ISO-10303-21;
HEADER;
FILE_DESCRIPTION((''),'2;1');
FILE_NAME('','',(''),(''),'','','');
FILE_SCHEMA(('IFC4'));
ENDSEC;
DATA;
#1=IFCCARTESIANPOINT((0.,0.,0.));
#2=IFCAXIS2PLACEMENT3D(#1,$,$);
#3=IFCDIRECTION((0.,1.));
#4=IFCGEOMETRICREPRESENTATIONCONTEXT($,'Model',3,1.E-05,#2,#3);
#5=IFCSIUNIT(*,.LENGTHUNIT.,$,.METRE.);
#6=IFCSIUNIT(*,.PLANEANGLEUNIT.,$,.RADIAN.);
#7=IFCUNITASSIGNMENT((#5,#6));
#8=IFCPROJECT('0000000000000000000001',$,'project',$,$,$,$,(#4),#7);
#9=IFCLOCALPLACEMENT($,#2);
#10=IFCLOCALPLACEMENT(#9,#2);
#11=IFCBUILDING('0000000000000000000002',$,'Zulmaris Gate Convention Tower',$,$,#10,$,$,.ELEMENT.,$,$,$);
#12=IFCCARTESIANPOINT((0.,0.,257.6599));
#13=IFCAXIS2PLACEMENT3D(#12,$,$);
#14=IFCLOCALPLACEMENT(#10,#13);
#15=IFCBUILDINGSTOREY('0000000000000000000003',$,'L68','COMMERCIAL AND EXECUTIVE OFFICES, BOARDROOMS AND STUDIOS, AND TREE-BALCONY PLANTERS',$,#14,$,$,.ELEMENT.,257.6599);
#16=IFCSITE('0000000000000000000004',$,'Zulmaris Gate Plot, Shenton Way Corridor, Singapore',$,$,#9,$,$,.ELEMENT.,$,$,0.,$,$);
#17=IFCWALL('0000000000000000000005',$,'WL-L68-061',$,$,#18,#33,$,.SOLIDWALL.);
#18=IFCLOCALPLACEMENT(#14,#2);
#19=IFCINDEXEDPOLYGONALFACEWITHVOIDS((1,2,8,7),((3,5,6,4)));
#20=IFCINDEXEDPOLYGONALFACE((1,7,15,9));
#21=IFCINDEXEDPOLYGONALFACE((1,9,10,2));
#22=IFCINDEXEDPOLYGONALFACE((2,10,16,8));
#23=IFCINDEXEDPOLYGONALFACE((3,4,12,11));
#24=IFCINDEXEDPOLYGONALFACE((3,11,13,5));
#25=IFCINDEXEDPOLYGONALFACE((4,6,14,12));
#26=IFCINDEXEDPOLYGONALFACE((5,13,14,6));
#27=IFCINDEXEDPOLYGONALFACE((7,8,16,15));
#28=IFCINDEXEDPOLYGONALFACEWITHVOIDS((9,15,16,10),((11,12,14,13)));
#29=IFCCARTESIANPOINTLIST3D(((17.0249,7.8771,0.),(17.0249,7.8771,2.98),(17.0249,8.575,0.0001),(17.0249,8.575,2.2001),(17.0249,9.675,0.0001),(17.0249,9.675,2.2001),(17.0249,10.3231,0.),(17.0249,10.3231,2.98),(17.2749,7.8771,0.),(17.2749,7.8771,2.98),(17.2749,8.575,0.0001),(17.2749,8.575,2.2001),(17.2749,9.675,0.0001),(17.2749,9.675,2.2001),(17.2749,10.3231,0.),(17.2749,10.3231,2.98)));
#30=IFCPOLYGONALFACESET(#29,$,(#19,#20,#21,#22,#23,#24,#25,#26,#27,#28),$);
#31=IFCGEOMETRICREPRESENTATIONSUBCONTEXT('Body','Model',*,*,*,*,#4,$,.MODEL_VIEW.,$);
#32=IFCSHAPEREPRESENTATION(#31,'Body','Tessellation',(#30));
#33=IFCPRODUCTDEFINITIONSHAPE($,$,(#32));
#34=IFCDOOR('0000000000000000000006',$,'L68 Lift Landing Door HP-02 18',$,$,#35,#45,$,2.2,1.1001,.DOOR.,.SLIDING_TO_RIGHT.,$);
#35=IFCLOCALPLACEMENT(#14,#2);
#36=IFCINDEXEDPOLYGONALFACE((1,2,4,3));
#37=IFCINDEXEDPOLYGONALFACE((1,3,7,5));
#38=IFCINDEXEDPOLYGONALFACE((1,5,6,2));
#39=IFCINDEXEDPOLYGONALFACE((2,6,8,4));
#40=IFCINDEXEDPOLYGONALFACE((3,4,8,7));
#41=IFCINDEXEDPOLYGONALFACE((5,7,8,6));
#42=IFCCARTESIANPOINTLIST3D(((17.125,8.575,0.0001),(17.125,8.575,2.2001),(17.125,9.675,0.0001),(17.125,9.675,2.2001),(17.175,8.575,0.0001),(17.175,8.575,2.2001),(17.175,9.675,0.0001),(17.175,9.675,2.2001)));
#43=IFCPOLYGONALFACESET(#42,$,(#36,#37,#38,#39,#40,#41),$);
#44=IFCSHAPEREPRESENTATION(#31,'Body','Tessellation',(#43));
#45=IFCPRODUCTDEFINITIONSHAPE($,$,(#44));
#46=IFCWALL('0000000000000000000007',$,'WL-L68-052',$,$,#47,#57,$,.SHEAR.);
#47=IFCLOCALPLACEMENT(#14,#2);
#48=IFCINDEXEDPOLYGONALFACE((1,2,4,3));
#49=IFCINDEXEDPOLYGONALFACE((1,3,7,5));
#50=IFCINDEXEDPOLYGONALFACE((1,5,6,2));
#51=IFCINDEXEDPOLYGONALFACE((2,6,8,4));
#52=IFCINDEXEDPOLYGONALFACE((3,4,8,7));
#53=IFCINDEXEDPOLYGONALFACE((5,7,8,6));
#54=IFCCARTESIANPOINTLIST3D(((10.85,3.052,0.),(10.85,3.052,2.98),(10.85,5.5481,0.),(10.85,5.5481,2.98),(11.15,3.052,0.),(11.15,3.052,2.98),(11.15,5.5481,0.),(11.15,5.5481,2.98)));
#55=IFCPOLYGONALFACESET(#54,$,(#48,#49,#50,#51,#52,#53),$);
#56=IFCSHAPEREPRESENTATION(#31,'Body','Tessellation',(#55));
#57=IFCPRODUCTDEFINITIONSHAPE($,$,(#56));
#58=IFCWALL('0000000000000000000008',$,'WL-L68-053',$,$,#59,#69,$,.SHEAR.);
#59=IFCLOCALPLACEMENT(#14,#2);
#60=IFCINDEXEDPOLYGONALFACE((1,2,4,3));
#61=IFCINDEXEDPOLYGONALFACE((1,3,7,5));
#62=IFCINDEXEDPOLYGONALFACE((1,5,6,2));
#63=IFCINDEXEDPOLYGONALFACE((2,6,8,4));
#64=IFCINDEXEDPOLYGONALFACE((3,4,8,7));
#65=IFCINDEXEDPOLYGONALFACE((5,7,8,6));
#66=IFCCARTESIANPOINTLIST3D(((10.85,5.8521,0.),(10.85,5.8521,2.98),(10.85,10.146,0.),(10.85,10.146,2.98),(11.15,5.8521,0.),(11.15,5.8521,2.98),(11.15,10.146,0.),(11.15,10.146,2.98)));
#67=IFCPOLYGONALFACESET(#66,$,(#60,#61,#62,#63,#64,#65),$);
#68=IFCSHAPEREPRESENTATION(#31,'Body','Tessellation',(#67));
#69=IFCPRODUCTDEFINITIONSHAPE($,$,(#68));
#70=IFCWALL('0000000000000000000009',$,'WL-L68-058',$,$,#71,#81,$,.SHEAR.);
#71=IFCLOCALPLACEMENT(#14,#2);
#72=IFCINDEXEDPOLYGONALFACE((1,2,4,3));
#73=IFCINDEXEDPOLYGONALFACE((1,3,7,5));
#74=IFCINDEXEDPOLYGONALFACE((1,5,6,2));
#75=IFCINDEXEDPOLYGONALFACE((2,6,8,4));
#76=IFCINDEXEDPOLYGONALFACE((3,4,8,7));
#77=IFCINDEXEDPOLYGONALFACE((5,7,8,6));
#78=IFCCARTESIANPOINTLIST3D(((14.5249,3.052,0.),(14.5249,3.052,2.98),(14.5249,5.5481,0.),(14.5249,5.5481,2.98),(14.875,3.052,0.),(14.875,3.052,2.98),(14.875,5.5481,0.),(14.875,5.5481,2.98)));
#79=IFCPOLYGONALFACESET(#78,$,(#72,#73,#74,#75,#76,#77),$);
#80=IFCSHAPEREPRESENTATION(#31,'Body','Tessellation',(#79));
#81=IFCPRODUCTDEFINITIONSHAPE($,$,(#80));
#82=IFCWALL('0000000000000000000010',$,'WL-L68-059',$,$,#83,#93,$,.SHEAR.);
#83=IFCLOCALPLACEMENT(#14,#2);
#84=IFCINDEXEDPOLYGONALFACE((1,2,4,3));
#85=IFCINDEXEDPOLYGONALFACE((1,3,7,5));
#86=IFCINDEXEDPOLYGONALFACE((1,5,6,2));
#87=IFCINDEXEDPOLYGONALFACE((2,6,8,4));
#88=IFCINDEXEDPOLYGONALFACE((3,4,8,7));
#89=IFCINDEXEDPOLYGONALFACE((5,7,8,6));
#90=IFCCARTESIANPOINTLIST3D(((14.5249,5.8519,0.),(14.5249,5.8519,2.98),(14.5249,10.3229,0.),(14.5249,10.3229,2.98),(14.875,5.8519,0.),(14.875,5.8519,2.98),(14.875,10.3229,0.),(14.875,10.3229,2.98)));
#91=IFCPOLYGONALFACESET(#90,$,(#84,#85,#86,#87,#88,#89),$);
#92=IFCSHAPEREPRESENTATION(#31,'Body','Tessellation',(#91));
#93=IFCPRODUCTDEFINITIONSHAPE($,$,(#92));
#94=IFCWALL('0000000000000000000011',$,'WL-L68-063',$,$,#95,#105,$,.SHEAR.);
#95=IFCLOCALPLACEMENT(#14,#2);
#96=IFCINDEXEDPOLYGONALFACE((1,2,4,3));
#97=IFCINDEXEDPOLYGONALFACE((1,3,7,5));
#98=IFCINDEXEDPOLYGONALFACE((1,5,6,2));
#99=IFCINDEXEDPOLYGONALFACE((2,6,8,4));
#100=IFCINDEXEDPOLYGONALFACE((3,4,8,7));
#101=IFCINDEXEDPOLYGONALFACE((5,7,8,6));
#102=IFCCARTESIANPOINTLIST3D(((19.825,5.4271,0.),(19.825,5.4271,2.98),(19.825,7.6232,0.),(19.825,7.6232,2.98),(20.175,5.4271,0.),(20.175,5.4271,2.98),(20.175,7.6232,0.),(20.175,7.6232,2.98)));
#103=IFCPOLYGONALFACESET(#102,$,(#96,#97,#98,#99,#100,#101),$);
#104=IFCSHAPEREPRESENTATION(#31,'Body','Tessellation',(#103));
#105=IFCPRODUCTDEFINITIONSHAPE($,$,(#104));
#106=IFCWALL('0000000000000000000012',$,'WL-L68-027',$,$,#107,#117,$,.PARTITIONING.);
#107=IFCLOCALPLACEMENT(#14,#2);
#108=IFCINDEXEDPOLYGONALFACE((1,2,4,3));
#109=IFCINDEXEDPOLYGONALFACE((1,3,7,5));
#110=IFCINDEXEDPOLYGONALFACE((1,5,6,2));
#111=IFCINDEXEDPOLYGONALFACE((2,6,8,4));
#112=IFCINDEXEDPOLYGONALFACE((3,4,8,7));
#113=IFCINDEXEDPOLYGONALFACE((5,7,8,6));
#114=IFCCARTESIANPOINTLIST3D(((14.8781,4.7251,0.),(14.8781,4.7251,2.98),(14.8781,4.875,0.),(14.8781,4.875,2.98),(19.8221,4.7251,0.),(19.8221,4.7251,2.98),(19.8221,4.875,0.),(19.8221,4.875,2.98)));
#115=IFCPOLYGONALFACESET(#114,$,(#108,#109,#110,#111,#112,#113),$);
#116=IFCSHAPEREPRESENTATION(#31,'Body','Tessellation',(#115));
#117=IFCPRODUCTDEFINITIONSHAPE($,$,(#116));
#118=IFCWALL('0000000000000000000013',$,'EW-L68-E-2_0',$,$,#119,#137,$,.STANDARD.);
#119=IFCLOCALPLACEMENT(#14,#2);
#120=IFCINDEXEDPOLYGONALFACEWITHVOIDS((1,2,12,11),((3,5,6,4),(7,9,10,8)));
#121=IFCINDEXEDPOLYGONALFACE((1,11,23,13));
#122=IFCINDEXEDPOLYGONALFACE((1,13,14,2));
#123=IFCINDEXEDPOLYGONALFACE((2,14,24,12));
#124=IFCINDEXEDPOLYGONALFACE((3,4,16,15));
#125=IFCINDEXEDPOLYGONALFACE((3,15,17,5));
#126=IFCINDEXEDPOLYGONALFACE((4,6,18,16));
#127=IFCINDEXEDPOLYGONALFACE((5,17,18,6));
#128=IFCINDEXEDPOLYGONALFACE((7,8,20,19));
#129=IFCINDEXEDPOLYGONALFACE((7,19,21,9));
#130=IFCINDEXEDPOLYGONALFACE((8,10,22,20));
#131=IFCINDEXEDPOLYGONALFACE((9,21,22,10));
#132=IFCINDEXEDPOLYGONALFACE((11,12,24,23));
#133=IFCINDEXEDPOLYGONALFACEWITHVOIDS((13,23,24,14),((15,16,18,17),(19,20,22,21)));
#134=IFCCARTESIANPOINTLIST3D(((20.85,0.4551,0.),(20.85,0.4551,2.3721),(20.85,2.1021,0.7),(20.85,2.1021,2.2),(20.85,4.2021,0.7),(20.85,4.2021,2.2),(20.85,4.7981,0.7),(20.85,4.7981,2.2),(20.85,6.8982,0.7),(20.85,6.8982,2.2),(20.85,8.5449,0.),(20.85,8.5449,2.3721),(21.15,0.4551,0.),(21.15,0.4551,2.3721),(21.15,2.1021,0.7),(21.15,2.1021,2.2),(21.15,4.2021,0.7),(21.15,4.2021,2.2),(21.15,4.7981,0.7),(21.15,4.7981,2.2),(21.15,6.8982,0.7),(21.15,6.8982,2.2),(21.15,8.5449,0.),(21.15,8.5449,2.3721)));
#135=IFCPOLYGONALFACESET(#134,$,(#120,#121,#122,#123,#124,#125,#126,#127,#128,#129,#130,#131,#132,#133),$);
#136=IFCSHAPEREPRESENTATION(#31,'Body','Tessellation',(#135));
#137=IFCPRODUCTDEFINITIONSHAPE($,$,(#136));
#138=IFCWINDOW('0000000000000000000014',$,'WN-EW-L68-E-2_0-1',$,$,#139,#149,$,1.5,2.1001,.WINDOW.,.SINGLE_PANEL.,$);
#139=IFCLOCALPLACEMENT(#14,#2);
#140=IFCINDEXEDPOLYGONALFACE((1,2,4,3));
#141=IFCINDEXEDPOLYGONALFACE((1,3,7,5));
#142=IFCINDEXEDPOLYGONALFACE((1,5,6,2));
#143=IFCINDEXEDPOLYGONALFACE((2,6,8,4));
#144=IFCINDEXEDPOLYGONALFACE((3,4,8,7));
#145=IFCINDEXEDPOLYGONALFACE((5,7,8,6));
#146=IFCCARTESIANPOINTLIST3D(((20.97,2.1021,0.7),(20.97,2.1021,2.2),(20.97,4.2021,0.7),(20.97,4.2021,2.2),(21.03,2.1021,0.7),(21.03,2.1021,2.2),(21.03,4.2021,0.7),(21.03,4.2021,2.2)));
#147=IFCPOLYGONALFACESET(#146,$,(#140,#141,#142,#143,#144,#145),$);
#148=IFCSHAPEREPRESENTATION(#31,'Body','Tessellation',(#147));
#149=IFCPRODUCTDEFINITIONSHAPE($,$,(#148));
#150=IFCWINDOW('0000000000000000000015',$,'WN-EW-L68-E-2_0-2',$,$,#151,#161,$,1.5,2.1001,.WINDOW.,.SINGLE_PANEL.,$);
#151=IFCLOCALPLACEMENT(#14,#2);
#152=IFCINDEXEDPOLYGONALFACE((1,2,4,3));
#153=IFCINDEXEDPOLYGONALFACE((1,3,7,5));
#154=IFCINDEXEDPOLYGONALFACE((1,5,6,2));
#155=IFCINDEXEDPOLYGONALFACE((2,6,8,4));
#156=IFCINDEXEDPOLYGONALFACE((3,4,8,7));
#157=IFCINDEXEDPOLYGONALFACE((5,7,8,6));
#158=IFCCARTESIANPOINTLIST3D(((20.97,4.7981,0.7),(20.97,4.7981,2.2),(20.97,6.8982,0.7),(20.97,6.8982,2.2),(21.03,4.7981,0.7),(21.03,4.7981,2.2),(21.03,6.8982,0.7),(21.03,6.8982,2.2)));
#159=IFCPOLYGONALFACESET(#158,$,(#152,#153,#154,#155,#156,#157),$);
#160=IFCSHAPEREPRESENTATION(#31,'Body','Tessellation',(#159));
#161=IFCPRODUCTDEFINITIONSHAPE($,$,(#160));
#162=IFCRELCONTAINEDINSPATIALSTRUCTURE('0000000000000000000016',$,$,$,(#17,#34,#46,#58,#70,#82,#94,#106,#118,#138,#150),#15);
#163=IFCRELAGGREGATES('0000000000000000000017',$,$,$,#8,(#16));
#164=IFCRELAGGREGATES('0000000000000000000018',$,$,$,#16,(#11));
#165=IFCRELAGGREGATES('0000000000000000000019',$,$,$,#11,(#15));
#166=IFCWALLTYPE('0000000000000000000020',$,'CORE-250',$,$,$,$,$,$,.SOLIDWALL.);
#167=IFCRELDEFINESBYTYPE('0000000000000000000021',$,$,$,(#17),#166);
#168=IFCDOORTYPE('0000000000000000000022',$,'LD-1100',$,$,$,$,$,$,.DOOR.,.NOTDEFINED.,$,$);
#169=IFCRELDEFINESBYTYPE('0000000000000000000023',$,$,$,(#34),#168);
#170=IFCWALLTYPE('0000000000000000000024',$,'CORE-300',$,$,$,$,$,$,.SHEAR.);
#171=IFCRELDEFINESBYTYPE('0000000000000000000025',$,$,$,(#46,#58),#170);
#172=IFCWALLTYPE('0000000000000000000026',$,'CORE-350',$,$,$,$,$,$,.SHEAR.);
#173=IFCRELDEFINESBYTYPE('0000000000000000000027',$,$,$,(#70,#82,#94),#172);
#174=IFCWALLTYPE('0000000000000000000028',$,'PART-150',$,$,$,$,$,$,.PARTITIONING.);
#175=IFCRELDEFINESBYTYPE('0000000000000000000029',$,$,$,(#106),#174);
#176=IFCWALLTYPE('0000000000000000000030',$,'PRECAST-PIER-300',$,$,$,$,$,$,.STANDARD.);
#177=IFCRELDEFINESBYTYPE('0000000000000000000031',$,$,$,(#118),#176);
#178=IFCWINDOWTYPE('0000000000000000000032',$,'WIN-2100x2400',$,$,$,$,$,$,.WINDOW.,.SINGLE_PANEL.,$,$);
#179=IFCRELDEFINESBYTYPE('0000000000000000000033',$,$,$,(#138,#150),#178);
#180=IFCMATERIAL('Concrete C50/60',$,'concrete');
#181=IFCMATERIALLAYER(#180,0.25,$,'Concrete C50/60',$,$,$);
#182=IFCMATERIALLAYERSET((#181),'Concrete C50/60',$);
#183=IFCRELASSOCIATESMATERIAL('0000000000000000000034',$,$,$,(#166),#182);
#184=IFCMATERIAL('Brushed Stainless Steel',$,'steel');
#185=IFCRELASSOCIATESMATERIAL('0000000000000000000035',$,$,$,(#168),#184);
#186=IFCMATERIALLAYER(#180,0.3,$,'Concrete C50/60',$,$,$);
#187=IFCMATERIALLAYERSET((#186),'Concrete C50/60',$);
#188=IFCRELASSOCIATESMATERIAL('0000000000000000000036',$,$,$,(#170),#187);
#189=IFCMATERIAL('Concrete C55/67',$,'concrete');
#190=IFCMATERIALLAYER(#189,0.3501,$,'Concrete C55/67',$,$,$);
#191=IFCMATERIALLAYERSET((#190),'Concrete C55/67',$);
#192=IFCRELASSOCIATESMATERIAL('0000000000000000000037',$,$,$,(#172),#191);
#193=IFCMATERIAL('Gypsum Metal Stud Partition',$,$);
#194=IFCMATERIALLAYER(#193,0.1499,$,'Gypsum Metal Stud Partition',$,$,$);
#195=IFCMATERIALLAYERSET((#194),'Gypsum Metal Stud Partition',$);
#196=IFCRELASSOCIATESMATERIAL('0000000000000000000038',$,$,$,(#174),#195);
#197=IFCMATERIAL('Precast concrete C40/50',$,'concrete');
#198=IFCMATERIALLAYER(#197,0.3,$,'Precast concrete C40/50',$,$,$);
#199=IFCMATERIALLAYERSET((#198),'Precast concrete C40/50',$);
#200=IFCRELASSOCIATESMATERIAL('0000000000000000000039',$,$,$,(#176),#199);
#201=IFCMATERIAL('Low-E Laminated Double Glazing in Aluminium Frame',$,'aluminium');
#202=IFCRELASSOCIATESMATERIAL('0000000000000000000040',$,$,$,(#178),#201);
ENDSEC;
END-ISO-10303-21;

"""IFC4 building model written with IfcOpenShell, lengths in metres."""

from ifc_helpers import new_model, si_unit, direction, frame, frame_2d, origin, place, context, subcontext, project, spatial, rectangle, extrude, material, layer, layer_set, type_object, element, fill, save


model = new_model("IFC4")

# Units and contexts
model_context = context("Model", 3, precision=1e-05, world=origin(), true_north=direction((0.0, 1.0)))
body_context = subcontext(model_context, "Body", "Model", "MODEL_VIEW")
ifc_project = project(units=[si_unit("LENGTHUNIT", "METRE"), si_unit("PLANEANGLEUNIT", "RADIAN")], contexts=[model_context])

# Site, building, storey
site_placement = place(None, origin())
site = spatial("IfcSite", under=ifc_project, at=site_placement, Name="Zulmaris Gate Plot, Shenton Way Corridor, Singapore", CompositionType="ELEMENT", RefElevation=0.0)
building_placement = place(site_placement, origin())
building = spatial("IfcBuilding", under=site, at=building_placement, Name="Zulmaris Gate Convention Tower", CompositionType="ELEMENT")
storey_placement = place(building_placement, frame((0.0, 0.0, 257.6599)))
storey = spatial("IfcBuildingStorey", under=building, at=storey_placement, Name="L68", Description="COMMERCIAL AND EXECUTIVE OFFICES, BOARDROOMS AND STUDIOS, AND TREE-BALCONY PLANTERS", CompositionType="ELEMENT", Elevation=257.6599)

# Shared definitions
ifc_material_1 = material(Name="Concrete C50/60", Category="concrete")

# Shared definitions
ifc_layer_1 = layer(ifc_material_1, 0.25, Name="Concrete C50/60")
ifc_layer_set_1 = layer_set([ifc_layer_1], Name="Concrete C50/60")
wall_type_1 = type_object("IfcWallType", Name="CORE-250", PredefinedType="SOLIDWALL", material=ifc_layer_set_1)

# Wall, opening, door
ifc_material_2 = material(Name="Brushed Stainless Steel", Category="steel")
door_type_1 = type_object("IfcDoorType", Name="LD-1100", OperationType="NOTDEFINED", PredefinedType="DOOR", material=ifc_material_2)
wall_1_placement = place(storey_placement, frame((17.1499, 7.877, 0.0), z_axis=(0.0, 0.0, 1.0), x_axis=(0.0, 1.0, 0.0)))
wall_1 = element("IfcWall", 1, at=wall_1_placement, inside=storey, type_object=wall_type_1, Name="WL-L68-061", PredefinedType="SOLIDWALL", context=body_context, shape_type="SweptSolid", body=[
    extrude(rectangle(XDim=2.446, YDim=0.25, at=frame_2d((1.2231, 0.0))), origin(), (0.0, 0.0, 1.0), 2.98),
])
opening_1_placement = place(wall_1_placement, frame((0.698, 0.0, 0.0)))
opening_1 = element("IfcOpeningElement", 2, at=opening_1_placement, cuts=wall_1, PredefinedType="OPENING", context=body_context, shape_type="SweptSolid", body=[
    extrude(rectangle(XDim=1.1001, YDim=2.2, at=frame_2d((0.55, 1.1001))), frame((0.0, 0.135, 0.0), z_axis=(0.0, -1.0, 0.0), x_axis=(1.0, 0.0, 0.0)), (0.0, 0.0, 1.0), 0.27),
])
door_1_placement = place(opening_1_placement, origin())
door_1 = element("IfcDoor", 3, at=door_1_placement, inside=storey, type_object=door_type_1, Name="L68 Lift Landing Door HP-02 18", OperationType="SLIDING_TO_RIGHT", OverallHeight=2.2, OverallWidth=1.1001, PredefinedType="DOOR", context=body_context, shape_type="SweptSolid", body=[
    extrude(rectangle(XDim=1.1001, YDim=2.2, at=frame_2d((0.55, 1.1001))), frame((0.0, 0.0249, 0.0), z_axis=(0.0, -1.0, 0.0), x_axis=(1.0, 0.0, 0.0)), (0.0, 0.0, 1.0), 0.05),
])
fill(opening_1, door_1)
ifc_layer_2 = layer(ifc_material_1, 0.3, Name="Concrete C50/60")
ifc_layer_set_2 = layer_set([ifc_layer_2], Name="Concrete C50/60")
wall_type_2 = type_object("IfcWallType", Name="CORE-300", PredefinedType="SHEAR", material=ifc_layer_set_2)

# Walls
wall_2_placement = place(storey_placement, frame((11.0, 3.052, 0.0), z_axis=(0.0, 0.0, 1.0), x_axis=(0.0, 1.0, 0.0)))
element("IfcWall", 4, at=wall_2_placement, inside=storey, type_object=wall_type_2, Name="WL-L68-052", PredefinedType="SHEAR", context=body_context, shape_type="SweptSolid", body=[
    extrude(rectangle(XDim=2.4961, YDim=0.3, at=frame_2d((1.248, 0.0))), origin(), (0.0, 0.0, 1.0), 2.98),
])
wall_3_placement = place(storey_placement, frame((11.0, 5.8521, 0.0), z_axis=(0.0, 0.0, 1.0), x_axis=(0.0, 1.0, 0.0)))
element("IfcWall", 5, at=wall_3_placement, inside=storey, type_object=wall_type_2, Name="WL-L68-053", PredefinedType="SHEAR", context=body_context, shape_type="SweptSolid", body=[
    extrude(rectangle(XDim=4.2939, YDim=0.3, at=frame_2d((2.147, 0.0))), origin(), (0.0, 0.0, 1.0), 2.98),
])
ifc_material_3 = material(Name="Concrete C55/67", Category="concrete")
ifc_layer_3 = layer(ifc_material_3, 0.3501, Name="Concrete C55/67")
ifc_layer_set_3 = layer_set([ifc_layer_3], Name="Concrete C55/67")
wall_type_3 = type_object("IfcWallType", Name="CORE-350", PredefinedType="SHEAR", material=ifc_layer_set_3)
wall_4_placement = place(storey_placement, frame((14.7, 3.052, 0.0), z_axis=(0.0, 0.0, 1.0), x_axis=(0.0, 1.0, 0.0)))
element("IfcWall", 6, at=wall_4_placement, inside=storey, type_object=wall_type_3, Name="WL-L68-058", PredefinedType="SHEAR", context=body_context, shape_type="SweptSolid", body=[
    extrude(rectangle(XDim=2.4961, YDim=0.3501, at=frame_2d((1.248, 0.0))), origin(), (0.0, 0.0, 1.0), 2.98),
])
wall_5_placement = place(storey_placement, frame((14.7, 5.8521, 0.0), z_axis=(0.0, 0.0, 1.0), x_axis=(0.0, 1.0, 0.0)))
element("IfcWall", 7, at=wall_5_placement, inside=storey, type_object=wall_type_3, Name="WL-L68-059", PredefinedType="SHEAR", context=body_context, shape_type="SweptSolid", body=[
    extrude(rectangle(XDim=4.4709, YDim=0.3501, at=frame_2d((2.2354, 0.0))), origin(), (0.0, 0.0, 1.0), 2.98),
])
wall_6_placement = place(storey_placement, frame((20.0, 5.427, 0.0), z_axis=(0.0, 0.0, 1.0), x_axis=(0.0, 1.0, 0.0)))
element("IfcWall", 8, at=wall_6_placement, inside=storey, type_object=wall_type_3, Name="WL-L68-063", PredefinedType="SHEAR", context=body_context, shape_type="SweptSolid", body=[
    extrude(rectangle(XDim=2.196, YDim=0.3501, at=frame_2d((1.0981, 0.0))), origin(), (0.0, 0.0, 1.0), 2.98),
])
ifc_material_4 = material(Name="Gypsum Metal Stud Partition")
ifc_layer_4 = layer(ifc_material_4, 0.1499, Name="Gypsum Metal Stud Partition")
ifc_layer_set_4 = layer_set([ifc_layer_4], Name="Gypsum Metal Stud Partition")
wall_type_4 = type_object("IfcWallType", Name="PART-150", PredefinedType="PARTITIONING", material=ifc_layer_set_4)
wall_7_placement = place(storey_placement, frame((14.8779, 4.8, 0.0), z_axis=(0.0, 0.0, 1.0), x_axis=(1.0, 0.0, 0.0)))
element("IfcWall", 9, at=wall_7_placement, inside=storey, type_object=wall_type_4, Name="WL-L68-027", PredefinedType="PARTITIONING", context=body_context, shape_type="SweptSolid", body=[
    extrude(rectangle(XDim=4.9441, YDim=0.1499, at=frame_2d((2.4722, 0.0))), origin(), (0.0, 0.0, 1.0), 2.98),
])

# Wall, openings, windows
ifc_material_5 = material(Name="Precast concrete C40/50", Category="concrete")
ifc_layer_5 = layer(ifc_material_5, 0.3, Name="Precast concrete C40/50")
ifc_layer_set_5 = layer_set([ifc_layer_5], Name="Precast concrete C40/50")
wall_type_5 = type_object("IfcWallType", Name="PRECAST-PIER-300", PredefinedType="STANDARD", material=ifc_layer_set_5)
wall_8_placement = place(storey_placement, frame((21.0, 0.4551, 0.0), z_axis=(0.0, 0.0, 1.0), x_axis=(0.0, 1.0, 0.0)))
wall_8 = element("IfcWall", 10, at=wall_8_placement, inside=storey, type_object=wall_type_5, Name="EW-L68-E-2_0", PredefinedType="STANDARD", context=body_context, shape_type="SweptSolid", body=[
    extrude(rectangle(XDim=8.0898, YDim=0.3, at=frame_2d((4.0449, 0.0))), origin(), (0.0, 0.0, 1.0), 2.3721),
])
opening_2_placement = place(wall_8_placement, frame((1.647, 0.0, 0.7)))
opening_2 = element("IfcOpeningElement", 11, at=opening_2_placement, cuts=wall_8, PredefinedType="OPENING", context=body_context, shape_type="SweptSolid", body=[
    extrude(rectangle(XDim=2.1001, YDim=1.5, at=frame_2d((1.05, 0.75))), frame((0.0, 0.1602, 0.0), z_axis=(0.0, -1.0, 0.0), x_axis=(1.0, 0.0, 0.0)), (0.0, 0.0, 1.0), 0.3201),
])
opening_3_placement = place(wall_8_placement, frame((4.343, 0.0, 0.7)))
opening_3 = element("IfcOpeningElement", 12, at=opening_3_placement, cuts=wall_8, PredefinedType="OPENING", context=body_context, shape_type="SweptSolid", body=[
    extrude(rectangle(XDim=2.1001, YDim=1.5, at=frame_2d((1.05, 0.75))), frame((0.0, 0.1602, 0.0), z_axis=(0.0, -1.0, 0.0), x_axis=(1.0, 0.0, 0.0)), (0.0, 0.0, 1.0), 0.3201),
])
ifc_material_6 = material(Name="Low-E Laminated Double Glazing in Aluminium Frame", Category="aluminium")
window_type = type_object("IfcWindowType", Name="WIN-2100x2400", PartitioningType="SINGLE_PANEL", PredefinedType="WINDOW", material=ifc_material_6)
window_1_placement = place(opening_2_placement, origin())
window_1 = element("IfcWindow", 13, at=window_1_placement, inside=storey, type_object=window_type, Name="WN-EW-L68-E-2_0-1", OverallHeight=1.5, OverallWidth=2.1001, PartitioningType="SINGLE_PANEL", PredefinedType="WINDOW", context=body_context, shape_type="SweptSolid", body=[
    extrude(rectangle(XDim=2.1001, YDim=1.5, at=frame_2d((1.05, 0.75))), frame((0.0, 0.03, 0.0), z_axis=(0.0, -1.0, 0.0), x_axis=(1.0, 0.0, 0.0)), (0.0, 0.0, 1.0), 0.0601),
])
fill(opening_2, window_1)
window_2_placement = place(opening_3_placement, origin())
window_2 = element("IfcWindow", 14, at=window_2_placement, inside=storey, type_object=window_type, Name="WN-EW-L68-E-2_0-2", OverallHeight=1.5, OverallWidth=2.1001, PartitioningType="SINGLE_PANEL", PredefinedType="WINDOW", context=body_context, shape_type="SweptSolid", body=[
    extrude(rectangle(XDim=2.1001, YDim=1.5, at=frame_2d((1.05, 0.75))), frame((0.0, 0.03, 0.0), z_axis=(0.0, -1.0, 0.0), x_axis=(1.0, 0.0, 0.0)), (0.0, 0.0, 1.0), 0.0601),
])
fill(opening_3, window_2)

save(model, "model.ifc")
